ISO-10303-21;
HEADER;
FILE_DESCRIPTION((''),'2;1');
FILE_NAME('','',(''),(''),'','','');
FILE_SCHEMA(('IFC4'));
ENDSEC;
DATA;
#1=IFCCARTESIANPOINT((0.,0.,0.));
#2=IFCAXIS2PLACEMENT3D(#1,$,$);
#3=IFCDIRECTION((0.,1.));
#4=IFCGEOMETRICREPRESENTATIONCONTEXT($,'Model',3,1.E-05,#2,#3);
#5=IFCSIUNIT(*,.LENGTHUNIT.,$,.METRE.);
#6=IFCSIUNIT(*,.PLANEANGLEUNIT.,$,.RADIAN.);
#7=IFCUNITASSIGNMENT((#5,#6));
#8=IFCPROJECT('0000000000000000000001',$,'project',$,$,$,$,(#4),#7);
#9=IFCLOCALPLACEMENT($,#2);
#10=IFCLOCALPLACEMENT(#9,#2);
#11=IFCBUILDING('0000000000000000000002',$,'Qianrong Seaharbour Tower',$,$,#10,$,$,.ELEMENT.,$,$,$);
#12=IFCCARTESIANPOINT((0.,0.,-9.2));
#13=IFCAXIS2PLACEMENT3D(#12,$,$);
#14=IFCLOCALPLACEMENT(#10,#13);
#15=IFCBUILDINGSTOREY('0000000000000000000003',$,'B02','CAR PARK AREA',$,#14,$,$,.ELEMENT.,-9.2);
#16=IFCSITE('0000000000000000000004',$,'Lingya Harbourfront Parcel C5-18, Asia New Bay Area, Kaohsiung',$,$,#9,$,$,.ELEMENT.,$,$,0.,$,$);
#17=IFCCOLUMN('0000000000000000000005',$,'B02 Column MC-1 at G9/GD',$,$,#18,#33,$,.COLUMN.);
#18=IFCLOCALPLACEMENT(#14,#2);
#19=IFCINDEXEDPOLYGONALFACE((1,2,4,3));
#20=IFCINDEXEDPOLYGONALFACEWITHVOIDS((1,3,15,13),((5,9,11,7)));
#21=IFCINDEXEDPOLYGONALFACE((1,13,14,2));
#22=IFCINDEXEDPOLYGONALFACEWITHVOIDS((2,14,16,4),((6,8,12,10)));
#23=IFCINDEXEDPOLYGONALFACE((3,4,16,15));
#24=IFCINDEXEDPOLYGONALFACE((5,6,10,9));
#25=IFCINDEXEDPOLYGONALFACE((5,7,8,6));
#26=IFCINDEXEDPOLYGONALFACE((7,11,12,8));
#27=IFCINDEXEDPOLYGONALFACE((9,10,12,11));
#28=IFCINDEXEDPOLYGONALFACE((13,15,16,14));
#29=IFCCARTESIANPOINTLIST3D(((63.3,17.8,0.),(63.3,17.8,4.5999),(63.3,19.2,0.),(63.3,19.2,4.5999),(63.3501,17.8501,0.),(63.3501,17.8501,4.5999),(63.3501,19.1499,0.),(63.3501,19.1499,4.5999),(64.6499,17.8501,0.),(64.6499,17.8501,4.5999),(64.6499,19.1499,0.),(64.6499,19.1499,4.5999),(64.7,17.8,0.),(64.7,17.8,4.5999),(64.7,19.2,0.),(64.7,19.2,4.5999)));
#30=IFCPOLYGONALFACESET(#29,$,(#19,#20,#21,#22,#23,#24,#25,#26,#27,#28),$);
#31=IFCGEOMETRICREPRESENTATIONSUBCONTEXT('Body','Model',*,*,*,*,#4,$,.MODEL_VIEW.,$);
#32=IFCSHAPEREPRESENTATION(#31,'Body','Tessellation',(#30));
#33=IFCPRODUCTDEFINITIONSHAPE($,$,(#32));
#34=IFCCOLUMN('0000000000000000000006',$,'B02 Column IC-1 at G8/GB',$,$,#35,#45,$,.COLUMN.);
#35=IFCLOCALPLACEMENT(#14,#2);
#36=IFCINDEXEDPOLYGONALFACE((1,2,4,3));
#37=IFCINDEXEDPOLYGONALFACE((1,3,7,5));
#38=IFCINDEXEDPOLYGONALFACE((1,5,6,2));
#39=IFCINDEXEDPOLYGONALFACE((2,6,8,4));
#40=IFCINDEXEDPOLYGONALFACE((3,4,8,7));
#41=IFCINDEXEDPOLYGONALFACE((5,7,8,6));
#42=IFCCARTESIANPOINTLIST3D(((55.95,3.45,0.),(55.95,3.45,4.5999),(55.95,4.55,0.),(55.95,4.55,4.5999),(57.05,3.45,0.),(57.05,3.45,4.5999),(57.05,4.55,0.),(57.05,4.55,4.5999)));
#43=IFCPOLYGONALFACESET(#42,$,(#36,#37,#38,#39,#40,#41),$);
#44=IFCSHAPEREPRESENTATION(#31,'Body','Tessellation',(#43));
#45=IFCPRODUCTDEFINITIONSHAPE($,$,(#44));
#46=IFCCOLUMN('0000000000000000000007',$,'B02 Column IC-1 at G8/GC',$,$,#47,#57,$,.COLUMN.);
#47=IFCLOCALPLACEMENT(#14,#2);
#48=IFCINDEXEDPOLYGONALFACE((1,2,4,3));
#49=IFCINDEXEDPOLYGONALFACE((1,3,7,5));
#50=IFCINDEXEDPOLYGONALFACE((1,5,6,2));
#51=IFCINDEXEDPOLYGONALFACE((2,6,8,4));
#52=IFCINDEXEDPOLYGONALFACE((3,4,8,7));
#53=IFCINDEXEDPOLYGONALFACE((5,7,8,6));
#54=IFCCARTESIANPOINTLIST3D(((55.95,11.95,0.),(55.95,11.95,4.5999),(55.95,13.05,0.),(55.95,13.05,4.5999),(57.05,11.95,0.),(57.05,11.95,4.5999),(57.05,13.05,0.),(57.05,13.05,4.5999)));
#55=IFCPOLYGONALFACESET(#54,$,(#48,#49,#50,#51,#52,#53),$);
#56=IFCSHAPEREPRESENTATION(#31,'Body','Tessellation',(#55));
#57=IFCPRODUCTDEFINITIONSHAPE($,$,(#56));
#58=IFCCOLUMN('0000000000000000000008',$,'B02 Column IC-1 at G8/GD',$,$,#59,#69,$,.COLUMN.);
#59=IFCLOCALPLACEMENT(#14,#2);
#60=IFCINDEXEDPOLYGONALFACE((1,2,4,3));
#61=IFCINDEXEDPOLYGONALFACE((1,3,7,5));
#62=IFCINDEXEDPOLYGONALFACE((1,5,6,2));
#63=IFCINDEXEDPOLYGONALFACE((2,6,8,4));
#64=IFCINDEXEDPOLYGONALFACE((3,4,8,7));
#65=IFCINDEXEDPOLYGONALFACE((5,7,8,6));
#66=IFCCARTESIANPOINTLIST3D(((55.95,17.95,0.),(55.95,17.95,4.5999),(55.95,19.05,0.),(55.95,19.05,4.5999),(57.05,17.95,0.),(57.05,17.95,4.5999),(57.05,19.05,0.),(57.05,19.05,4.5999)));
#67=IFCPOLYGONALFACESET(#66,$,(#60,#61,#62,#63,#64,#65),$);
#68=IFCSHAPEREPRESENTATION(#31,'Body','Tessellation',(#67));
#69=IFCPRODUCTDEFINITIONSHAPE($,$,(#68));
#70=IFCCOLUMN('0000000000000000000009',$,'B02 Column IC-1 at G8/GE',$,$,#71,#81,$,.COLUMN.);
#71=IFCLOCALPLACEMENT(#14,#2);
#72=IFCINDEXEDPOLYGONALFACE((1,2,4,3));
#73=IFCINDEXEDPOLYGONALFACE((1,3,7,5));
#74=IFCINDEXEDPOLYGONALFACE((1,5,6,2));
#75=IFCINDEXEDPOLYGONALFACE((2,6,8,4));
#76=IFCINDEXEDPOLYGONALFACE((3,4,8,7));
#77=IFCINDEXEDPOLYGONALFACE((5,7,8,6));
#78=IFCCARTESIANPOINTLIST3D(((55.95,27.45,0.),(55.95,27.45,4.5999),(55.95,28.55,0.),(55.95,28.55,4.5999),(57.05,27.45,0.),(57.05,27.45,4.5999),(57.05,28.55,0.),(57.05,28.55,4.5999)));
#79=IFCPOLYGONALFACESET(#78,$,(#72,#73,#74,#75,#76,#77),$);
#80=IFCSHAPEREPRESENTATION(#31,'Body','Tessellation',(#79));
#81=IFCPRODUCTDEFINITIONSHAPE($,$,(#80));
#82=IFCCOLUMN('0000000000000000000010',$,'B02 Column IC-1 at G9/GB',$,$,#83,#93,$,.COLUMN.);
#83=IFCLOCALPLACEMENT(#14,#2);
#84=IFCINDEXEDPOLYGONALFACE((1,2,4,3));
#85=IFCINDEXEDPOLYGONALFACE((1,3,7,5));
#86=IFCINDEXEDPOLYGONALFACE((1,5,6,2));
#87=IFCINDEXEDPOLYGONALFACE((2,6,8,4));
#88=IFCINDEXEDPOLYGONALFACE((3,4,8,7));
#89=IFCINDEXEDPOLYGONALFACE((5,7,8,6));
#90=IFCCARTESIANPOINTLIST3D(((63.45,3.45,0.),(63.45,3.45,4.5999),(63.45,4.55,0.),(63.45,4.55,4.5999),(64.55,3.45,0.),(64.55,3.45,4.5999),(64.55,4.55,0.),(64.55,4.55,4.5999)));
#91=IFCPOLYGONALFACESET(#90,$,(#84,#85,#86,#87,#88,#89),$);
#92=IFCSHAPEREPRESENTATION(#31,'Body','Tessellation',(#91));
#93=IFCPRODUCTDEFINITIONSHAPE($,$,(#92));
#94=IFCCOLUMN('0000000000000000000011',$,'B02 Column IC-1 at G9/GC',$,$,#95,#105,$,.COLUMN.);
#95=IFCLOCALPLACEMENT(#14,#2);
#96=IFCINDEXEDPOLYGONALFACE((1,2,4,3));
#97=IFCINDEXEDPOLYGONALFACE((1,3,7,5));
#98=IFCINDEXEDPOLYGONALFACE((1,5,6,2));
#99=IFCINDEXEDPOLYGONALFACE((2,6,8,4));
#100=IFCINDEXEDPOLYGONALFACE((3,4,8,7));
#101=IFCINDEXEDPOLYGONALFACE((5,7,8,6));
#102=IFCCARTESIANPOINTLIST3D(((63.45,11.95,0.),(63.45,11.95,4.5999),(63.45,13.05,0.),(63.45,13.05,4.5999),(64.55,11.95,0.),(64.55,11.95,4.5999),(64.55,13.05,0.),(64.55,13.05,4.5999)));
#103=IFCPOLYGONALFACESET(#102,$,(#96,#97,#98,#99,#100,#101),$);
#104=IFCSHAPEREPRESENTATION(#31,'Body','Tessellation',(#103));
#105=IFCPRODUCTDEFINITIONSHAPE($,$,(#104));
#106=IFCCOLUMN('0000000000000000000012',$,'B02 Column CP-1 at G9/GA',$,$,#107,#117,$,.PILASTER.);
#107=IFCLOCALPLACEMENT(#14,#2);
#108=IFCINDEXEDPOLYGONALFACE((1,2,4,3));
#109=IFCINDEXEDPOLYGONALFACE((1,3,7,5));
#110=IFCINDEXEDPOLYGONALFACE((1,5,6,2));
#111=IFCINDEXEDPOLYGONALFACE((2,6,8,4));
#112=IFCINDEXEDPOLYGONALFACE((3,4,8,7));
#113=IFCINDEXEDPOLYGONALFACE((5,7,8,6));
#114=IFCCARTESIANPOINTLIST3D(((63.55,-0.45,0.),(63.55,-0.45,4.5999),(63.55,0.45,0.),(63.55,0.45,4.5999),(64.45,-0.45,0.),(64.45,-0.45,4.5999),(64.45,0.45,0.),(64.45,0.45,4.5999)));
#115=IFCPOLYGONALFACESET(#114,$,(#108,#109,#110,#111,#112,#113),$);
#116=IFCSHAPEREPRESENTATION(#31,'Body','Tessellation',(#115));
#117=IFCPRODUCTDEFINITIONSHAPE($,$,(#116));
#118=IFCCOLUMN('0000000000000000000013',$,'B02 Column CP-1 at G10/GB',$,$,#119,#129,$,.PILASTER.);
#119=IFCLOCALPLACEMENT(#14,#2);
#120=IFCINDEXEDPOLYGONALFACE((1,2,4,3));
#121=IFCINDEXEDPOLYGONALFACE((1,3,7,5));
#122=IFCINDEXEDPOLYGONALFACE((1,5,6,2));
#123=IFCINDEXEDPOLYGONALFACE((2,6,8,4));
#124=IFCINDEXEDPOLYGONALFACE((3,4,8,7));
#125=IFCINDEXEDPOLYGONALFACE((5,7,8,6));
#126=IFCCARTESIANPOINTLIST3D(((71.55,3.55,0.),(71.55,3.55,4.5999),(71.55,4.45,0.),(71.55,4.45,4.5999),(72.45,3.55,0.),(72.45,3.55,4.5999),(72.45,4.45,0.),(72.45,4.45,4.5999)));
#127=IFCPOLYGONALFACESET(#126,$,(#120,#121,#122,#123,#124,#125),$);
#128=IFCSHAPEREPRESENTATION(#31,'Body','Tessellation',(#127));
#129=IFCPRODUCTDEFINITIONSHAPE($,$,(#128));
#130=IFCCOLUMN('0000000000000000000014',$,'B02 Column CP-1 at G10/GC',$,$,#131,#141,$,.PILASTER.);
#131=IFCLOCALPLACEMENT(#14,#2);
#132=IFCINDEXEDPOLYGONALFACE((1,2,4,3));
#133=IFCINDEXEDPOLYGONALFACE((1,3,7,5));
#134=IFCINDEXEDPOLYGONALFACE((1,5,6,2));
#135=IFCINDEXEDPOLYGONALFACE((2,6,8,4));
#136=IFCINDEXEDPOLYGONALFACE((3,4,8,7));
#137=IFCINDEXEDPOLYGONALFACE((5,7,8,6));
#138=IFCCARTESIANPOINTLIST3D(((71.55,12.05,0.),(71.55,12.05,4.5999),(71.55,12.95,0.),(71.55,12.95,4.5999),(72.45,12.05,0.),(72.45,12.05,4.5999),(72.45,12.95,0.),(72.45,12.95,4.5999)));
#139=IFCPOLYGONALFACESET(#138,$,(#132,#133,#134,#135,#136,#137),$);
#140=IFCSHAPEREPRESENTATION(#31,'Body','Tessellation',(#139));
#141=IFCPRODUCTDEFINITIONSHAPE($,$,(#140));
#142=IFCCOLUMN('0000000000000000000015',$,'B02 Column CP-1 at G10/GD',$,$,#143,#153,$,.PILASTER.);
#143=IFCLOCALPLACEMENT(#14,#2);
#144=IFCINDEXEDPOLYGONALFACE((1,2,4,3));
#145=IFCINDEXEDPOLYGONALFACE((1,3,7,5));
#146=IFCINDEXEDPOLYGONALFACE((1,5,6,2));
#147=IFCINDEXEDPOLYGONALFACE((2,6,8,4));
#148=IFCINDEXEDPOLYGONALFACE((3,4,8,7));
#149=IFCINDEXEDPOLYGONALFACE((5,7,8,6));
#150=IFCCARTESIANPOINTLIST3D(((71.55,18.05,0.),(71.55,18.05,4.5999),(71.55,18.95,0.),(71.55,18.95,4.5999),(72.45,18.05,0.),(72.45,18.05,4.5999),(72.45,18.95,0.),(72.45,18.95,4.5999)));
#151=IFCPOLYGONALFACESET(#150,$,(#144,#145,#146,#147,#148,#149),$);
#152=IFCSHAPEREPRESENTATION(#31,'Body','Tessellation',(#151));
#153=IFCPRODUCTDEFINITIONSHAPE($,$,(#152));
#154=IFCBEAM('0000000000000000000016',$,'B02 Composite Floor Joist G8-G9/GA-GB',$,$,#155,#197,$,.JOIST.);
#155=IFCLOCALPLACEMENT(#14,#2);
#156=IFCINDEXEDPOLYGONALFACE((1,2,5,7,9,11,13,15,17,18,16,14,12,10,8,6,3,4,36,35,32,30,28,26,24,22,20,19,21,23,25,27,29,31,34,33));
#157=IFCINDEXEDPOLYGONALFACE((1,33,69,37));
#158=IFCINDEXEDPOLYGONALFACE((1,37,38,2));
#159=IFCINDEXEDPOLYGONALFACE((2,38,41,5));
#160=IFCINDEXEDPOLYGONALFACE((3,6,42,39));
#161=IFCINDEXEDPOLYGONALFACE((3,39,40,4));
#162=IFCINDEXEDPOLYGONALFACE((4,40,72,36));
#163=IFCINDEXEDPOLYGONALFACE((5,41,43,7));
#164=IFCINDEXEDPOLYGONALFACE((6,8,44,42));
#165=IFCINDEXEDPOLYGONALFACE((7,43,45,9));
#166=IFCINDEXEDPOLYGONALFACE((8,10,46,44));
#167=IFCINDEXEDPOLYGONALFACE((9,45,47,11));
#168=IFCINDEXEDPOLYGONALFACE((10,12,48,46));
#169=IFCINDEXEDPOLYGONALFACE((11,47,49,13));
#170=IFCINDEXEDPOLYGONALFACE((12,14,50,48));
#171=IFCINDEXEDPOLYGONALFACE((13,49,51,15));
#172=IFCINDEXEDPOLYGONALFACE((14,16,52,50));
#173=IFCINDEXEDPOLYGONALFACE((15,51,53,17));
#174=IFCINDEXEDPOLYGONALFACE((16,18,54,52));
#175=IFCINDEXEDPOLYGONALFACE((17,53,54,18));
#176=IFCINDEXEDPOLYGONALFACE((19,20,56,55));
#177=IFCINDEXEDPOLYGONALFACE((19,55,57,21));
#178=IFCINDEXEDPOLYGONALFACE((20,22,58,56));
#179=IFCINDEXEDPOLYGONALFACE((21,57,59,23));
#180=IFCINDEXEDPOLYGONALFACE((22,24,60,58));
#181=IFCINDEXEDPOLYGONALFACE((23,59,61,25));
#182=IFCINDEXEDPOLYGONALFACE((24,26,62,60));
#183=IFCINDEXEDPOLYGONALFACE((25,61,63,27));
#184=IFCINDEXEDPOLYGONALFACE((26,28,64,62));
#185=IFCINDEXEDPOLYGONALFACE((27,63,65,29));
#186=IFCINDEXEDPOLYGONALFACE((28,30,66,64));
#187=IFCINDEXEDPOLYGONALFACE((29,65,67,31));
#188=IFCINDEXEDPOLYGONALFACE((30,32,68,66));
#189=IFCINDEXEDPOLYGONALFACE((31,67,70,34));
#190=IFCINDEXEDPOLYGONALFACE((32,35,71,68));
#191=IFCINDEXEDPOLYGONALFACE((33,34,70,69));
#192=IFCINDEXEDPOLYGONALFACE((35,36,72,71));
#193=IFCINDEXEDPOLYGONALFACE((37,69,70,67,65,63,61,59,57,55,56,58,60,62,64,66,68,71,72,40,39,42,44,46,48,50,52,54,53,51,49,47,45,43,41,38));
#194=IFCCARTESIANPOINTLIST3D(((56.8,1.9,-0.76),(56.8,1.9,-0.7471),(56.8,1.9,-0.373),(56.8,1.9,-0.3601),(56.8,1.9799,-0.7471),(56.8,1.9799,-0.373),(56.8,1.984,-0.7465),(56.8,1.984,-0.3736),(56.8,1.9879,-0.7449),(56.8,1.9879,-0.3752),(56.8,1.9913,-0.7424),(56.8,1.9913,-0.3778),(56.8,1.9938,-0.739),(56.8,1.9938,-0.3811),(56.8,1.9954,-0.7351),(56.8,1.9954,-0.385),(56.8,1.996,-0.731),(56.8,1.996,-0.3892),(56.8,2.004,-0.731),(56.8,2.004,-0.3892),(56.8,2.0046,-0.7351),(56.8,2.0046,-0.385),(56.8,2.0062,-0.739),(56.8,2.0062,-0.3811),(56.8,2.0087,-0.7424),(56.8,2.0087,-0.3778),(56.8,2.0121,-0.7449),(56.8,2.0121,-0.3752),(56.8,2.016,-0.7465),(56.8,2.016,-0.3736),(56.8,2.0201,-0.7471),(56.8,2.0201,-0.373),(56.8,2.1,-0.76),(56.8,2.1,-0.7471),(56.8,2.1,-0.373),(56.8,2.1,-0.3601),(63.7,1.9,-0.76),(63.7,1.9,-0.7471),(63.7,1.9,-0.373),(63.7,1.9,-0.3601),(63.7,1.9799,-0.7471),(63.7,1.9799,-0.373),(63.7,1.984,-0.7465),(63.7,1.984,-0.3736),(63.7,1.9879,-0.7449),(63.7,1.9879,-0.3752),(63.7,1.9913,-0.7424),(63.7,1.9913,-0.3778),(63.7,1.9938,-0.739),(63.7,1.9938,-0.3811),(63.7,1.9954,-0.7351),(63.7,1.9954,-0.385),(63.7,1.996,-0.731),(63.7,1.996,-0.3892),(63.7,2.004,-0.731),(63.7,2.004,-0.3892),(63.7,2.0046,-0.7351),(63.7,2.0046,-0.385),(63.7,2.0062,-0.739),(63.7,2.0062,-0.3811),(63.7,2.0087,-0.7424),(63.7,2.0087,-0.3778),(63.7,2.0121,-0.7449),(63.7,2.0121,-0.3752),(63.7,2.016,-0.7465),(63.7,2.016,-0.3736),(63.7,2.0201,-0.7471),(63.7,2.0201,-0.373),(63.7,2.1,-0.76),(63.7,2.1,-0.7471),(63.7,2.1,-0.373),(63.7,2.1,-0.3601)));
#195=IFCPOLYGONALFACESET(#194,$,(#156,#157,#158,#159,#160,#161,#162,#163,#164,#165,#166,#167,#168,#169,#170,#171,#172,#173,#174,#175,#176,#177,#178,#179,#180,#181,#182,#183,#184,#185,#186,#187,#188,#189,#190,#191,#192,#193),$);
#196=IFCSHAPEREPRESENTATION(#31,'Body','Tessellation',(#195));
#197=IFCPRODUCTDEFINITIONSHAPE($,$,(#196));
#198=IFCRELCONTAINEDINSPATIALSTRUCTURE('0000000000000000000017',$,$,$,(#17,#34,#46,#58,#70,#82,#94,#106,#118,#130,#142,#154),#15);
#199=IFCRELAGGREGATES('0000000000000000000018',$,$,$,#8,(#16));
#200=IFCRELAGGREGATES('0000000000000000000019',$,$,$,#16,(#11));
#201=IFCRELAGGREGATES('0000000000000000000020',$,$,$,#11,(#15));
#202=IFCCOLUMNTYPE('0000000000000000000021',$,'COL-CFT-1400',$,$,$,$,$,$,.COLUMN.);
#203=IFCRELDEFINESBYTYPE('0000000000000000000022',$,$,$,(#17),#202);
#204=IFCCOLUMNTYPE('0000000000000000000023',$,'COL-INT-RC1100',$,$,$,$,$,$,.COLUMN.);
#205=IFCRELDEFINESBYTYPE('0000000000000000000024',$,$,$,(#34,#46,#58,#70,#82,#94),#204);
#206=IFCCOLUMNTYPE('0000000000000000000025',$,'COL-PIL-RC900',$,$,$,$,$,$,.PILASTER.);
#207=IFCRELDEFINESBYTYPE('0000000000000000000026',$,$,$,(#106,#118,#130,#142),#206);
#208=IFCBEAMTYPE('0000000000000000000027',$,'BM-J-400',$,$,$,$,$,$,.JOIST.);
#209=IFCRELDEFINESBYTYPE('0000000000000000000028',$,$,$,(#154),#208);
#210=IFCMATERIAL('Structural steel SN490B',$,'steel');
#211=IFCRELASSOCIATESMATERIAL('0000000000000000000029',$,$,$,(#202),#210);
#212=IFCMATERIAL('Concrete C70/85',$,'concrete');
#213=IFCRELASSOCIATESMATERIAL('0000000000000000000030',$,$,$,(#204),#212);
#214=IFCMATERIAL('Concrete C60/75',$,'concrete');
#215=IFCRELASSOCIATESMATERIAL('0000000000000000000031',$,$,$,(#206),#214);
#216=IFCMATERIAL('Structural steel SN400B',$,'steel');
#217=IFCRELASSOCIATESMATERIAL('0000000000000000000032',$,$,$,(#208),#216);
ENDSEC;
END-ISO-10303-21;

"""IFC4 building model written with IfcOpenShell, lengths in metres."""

from ifc_helpers import new_model, si_unit, direction, frame, origin, origin_2d, place, context, subcontext, project, spatial, rectangle, hollow_rectangle, i_section, extrude, material, material_profile, profile_set, type_object, element, save


model = new_model("IFC4")

# Units and contexts
model_context = context("Model", 3, precision=1e-05, world=origin(), true_north=direction((0.0, 1.0)))
body_context = subcontext(model_context, "Body", "Model", "MODEL_VIEW")
ifc_project = project(units=[si_unit("LENGTHUNIT", "METRE"), si_unit("PLANEANGLEUNIT", "RADIAN")], contexts=[model_context])

# Site, building, storey
site_placement = place(None, origin())
site = spatial("IfcSite", under=ifc_project, at=site_placement, Name="Lingya Harbourfront Parcel C5-18, Asia New Bay Area, Kaohsiung", CompositionType="ELEMENT", RefElevation=0.0)
building_placement = place(site_placement, origin())
building = spatial("IfcBuilding", under=site, at=building_placement, Name="Qianrong Seaharbour Tower", CompositionType="ELEMENT")
storey_placement = place(building_placement, frame((0.0, 0.0, -9.2)))
storey = spatial("IfcBuildingStorey", under=building, at=storey_placement, Name="B02", Description="CAR PARK AREA", CompositionType="ELEMENT", Elevation=-9.2)

# Columns
ifc_material_1 = material(Name="Structural steel SN490B", Category="steel")
ifc_material_profile_1 = material_profile(ifc_material_1, hollow_rectangle(XDim=1.3999, YDim=1.3999, WallThickness=0.05, at=origin_2d()), Name="BOX1400x1400x50")
ifc_profile_set_1 = profile_set([ifc_material_profile_1], Name="Structural steel SN490B")
column_type_1 = type_object("IfcColumnType", Name="COL-CFT-1400", PredefinedType="COLUMN", material=ifc_profile_set_1)
column_placement = place(storey_placement, frame((64.0, 18.5, 0.0), z_axis=(0.0, 0.0, 1.0), x_axis=(1.0, 0.0, 0.0)))
element("IfcColumn", 1, at=column_placement, inside=storey, type_object=column_type_1, Name="B02 Column MC-1 at G9/GD", PredefinedType="COLUMN", context=body_context, shape_type="SweptSolid", body=[
    extrude(hollow_rectangle(XDim=1.3999, YDim=1.3999, WallThickness=0.05, at=origin_2d()), origin(), (0.0, 0.0, 1.0), 4.5999),
])
ifc_material_2 = material(Name="Concrete C70/85", Category="concrete")
ifc_material_profile_2 = material_profile(ifc_material_2, rectangle(XDim=1.1001, YDim=1.1001, at=origin_2d()), Name="RC1100x1100")
ifc_profile_set_2 = profile_set([ifc_material_profile_2], Name="Concrete C70/85")
column_type_2 = type_object("IfcColumnType", Name="COL-INT-RC1100", PredefinedType="COLUMN", material=ifc_profile_set_2)
for number, where, z_axis, x_axis, name in (
    (2, (56.5, 4.0, 0.0), (0.0, 0.0, 1.0), (1.0, 0.0, 0.0), "B02 Column IC-1 at G8/GB"),
    (3, (56.5, 12.5, 0.0), (0.0, 0.0, 1.0), (1.0, 0.0, 0.0), "B02 Column IC-1 at G8/GC"),
    (4, (56.5, 18.5, 0.0), (0.0, 0.0, 1.0), (1.0, 0.0, 0.0), "B02 Column IC-1 at G8/GD"),
    (5, (56.5, 28.0, 0.0), (0.0, 0.0, 1.0), (1.0, 0.0, 0.0), "B02 Column IC-1 at G8/GE"),
    (6, (64.0, 4.0, 0.0), (0.0, 0.0, 1.0), (1.0, 0.0, 0.0), "B02 Column IC-1 at G9/GB"),
    (7, (64.0, 12.5, 0.0), (0.0, 0.0, 1.0), (1.0, 0.0, 0.0), "B02 Column IC-1 at G9/GC"),
):
    element("IfcColumn", number, at=place(storey_placement, frame(where, z_axis=z_axis, x_axis=x_axis)), inside=storey, type_object=column_type_2, Name=name, PredefinedType="COLUMN", context=body_context, shape_type="SweptSolid", body=[
        extrude(rectangle(XDim=1.1001, YDim=1.1001, at=origin_2d()), origin(), (0.0, 0.0, 1.0), 4.5999),
    ])
ifc_material_3 = material(Name="Concrete C60/75", Category="concrete")
ifc_material_profile_3 = material_profile(ifc_material_3, rectangle(XDim=0.8999, YDim=0.8999, at=origin_2d()), Name="RC900x900")
ifc_profile_set_3 = profile_set([ifc_material_profile_3], Name="Concrete C60/75")
column_type_3 = type_object("IfcColumnType", Name="COL-PIL-RC900", PredefinedType="PILASTER", material=ifc_profile_set_3)
for number, where, z_axis, x_axis, name in (
    (8, (64.0, 0.0, 0.0), (0.0, 0.0, 1.0), (1.0, 0.0, 0.0), "B02 Column CP-1 at G9/GA"),
    (9, (72.0, 4.0, 0.0), (0.0, 0.0, 1.0), (1.0, 0.0, 0.0), "B02 Column CP-1 at G10/GB"),
    (10, (72.0, 12.5, 0.0), (0.0, 0.0, 1.0), (1.0, 0.0, 0.0), "B02 Column CP-1 at G10/GC"),
    (11, (72.0, 18.5, 0.0), (0.0, 0.0, 1.0), (1.0, 0.0, 0.0), "B02 Column CP-1 at G10/GD"),
):
    element("IfcColumn", number, at=place(storey_placement, frame(where, z_axis=z_axis, x_axis=x_axis)), inside=storey, type_object=column_type_3, Name=name, PredefinedType="PILASTER", context=body_context, shape_type="SweptSolid", body=[
        extrude(rectangle(XDim=0.8999, YDim=0.8999, at=origin_2d()), origin(), (0.0, 0.0, 1.0), 4.5999),
    ])

# Beam
ifc_material_4 = material(Name="Structural steel SN400B", Category="steel")
ifc_material_profile_4 = material_profile(ifc_material_4, i_section(OverallWidth=0.2, OverallDepth=0.3999, WebThickness=0.0081, FlangeThickness=0.0129, FilletRadius=0.0161, at=origin_2d()), Name="H400x200x8x13")
ifc_profile_set_4 = profile_set([ifc_material_profile_4], Name="Structural steel SN400B")
beam_type_1 = type_object("IfcBeamType", Name="BM-J-400", PredefinedType="JOIST", material=ifc_profile_set_4)
for number, where, z_axis, x_axis, name in (
    (12, (56.8, 2.0, -0.5601), (1.0, 0.0, 0.0), (0.0, 1.0, 0.0), "B02 Composite Floor Joist G8-G9/GA-GB"),
):
    element("IfcBeam", number, at=place(storey_placement, frame(where, z_axis=z_axis, x_axis=x_axis)), inside=storey, type_object=beam_type_1, Name=name, PredefinedType="JOIST", context=body_context, shape_type="SweptSolid", body=[
        extrude(i_section(OverallWidth=0.2, OverallDepth=0.3999, WebThickness=0.0081, FlangeThickness=0.0129, FilletRadius=0.0161, at=origin_2d()), origin(), (0.0, 0.0, 1.0), 6.8999),
    ])

save(model, "model.ifc")
